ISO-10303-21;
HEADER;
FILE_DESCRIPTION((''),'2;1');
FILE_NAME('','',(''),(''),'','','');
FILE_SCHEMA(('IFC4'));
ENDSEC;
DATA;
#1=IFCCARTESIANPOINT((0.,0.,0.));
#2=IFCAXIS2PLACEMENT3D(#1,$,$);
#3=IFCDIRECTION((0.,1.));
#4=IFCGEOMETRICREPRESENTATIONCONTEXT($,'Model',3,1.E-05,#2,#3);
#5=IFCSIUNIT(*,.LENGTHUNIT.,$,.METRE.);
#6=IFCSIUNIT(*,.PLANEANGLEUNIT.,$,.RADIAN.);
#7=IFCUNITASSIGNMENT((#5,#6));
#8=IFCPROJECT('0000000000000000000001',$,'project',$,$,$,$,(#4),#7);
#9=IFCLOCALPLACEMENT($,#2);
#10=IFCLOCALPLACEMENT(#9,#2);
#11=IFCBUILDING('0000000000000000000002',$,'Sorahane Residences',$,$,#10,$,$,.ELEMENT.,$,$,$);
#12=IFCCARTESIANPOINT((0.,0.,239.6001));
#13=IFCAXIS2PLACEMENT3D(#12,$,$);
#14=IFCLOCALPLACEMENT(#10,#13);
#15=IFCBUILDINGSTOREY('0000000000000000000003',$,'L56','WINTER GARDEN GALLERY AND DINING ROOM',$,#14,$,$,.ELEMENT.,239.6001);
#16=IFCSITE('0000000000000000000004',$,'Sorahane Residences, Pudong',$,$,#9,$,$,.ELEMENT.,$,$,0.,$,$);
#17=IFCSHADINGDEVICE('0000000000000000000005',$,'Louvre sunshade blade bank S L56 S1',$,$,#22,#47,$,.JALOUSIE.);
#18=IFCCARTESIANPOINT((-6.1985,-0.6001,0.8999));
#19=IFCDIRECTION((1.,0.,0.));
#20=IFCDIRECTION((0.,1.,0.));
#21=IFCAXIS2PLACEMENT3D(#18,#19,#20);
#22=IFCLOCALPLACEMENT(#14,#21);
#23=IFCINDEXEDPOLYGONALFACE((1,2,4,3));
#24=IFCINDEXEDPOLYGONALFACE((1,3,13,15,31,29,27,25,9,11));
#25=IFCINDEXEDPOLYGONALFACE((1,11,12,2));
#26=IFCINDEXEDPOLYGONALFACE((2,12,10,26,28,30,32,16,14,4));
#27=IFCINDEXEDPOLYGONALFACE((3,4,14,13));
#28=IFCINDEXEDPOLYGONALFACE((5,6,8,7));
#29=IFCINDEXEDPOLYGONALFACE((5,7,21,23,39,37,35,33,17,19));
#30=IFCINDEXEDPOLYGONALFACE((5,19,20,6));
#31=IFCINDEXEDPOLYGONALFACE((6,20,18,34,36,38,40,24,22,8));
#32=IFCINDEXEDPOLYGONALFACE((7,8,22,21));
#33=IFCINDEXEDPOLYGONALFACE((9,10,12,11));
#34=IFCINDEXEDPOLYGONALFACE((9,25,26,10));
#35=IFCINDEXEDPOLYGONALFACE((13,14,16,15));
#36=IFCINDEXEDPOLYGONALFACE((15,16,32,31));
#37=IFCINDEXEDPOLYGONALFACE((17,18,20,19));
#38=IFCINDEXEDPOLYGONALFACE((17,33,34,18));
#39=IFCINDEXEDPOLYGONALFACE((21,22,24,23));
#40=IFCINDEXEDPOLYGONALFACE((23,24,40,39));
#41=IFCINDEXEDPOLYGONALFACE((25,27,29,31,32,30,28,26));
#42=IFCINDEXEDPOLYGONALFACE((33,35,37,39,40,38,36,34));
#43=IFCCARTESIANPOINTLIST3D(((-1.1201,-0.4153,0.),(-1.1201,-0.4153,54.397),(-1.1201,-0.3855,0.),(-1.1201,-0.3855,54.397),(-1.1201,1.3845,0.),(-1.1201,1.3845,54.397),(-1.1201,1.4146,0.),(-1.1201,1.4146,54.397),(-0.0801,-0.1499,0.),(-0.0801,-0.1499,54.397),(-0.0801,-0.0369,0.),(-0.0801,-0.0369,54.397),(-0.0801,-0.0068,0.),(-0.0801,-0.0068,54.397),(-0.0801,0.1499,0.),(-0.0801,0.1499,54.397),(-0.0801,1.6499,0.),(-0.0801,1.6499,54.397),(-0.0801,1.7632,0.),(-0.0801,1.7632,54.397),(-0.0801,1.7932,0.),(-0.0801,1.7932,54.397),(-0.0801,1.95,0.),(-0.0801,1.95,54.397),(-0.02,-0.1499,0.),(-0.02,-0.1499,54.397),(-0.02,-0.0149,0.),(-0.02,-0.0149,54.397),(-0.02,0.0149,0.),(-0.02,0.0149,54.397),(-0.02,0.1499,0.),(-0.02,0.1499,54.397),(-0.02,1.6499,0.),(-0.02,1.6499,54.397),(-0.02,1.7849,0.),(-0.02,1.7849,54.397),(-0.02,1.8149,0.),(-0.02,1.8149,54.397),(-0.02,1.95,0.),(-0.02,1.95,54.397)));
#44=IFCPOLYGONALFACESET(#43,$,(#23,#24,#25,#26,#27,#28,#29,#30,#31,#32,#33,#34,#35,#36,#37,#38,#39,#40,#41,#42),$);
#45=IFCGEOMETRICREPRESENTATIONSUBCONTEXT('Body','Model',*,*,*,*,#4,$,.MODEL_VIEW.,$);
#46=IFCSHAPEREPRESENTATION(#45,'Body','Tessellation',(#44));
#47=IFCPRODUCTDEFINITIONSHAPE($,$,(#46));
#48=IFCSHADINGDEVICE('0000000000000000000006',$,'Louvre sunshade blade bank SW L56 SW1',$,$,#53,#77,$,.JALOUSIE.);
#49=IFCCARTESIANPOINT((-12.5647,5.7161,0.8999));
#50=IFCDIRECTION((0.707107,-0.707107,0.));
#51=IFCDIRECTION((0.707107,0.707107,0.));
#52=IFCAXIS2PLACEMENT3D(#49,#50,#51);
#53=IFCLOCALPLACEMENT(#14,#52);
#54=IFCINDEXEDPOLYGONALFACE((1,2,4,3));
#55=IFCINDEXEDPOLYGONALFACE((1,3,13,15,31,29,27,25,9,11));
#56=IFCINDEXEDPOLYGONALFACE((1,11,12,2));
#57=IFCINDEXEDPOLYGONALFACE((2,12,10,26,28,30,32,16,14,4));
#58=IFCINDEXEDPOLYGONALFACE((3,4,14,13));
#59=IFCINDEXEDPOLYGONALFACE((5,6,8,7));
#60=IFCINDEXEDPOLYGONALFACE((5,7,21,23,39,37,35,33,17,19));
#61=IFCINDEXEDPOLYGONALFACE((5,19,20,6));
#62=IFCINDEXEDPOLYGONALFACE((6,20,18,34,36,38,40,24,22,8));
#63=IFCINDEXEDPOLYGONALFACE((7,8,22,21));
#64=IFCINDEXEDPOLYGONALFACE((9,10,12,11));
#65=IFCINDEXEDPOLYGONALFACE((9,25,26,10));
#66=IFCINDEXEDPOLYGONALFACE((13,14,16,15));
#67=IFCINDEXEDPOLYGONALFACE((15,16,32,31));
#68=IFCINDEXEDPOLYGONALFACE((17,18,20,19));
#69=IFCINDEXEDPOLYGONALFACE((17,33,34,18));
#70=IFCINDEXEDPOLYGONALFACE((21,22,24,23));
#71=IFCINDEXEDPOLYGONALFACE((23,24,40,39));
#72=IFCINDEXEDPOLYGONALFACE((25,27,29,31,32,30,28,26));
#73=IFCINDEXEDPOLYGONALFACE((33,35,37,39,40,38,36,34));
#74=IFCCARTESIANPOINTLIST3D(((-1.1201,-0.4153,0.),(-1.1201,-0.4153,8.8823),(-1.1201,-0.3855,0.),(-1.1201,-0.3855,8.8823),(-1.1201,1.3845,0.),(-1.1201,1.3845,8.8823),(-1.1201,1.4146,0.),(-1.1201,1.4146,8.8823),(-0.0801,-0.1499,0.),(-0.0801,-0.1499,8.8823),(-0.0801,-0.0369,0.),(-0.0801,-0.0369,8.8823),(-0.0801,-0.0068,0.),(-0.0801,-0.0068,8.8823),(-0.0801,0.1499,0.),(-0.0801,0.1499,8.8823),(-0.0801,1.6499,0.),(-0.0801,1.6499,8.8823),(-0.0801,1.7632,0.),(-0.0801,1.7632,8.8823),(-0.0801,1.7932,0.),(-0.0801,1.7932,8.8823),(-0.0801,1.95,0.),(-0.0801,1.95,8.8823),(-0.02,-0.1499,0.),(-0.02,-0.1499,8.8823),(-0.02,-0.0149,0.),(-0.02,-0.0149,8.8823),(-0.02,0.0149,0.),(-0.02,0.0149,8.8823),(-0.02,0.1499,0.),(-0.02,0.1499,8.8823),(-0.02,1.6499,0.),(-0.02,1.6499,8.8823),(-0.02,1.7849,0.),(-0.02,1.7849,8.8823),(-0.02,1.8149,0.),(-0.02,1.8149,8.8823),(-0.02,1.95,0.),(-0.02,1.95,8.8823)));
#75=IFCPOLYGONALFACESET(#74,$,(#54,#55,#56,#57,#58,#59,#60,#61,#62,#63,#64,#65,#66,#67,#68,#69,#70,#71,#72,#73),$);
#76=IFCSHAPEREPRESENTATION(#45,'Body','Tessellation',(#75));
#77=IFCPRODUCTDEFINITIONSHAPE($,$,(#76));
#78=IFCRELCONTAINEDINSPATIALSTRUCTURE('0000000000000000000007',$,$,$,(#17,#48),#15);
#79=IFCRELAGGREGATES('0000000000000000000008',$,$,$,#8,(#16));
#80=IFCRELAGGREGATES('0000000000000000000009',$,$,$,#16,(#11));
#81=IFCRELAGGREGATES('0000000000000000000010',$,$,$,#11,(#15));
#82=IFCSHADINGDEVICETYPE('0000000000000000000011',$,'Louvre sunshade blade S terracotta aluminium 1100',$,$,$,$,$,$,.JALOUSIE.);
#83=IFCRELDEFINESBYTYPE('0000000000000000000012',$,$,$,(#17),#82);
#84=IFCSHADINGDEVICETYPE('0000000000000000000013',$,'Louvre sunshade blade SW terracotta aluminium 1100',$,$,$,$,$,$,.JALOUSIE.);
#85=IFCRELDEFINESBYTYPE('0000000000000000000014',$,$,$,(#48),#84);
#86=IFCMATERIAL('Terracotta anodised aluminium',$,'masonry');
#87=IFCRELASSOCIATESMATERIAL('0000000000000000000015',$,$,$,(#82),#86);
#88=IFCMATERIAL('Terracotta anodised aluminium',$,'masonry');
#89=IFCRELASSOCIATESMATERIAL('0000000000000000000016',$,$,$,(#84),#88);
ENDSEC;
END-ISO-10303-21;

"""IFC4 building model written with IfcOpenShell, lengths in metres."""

from ifc_helpers import new_model, si_unit, direction, frame, origin, place, context, subcontext, project, spatial, polyline, outline, composite_profile, extrude, material, type_object, element, save


model = new_model("IFC4")

# Units and contexts
model_context = context("Model", 3, precision=1e-05, world=origin(), true_north=direction((0.0, 1.0)))
body_context = subcontext(model_context, "Body", "Model", "MODEL_VIEW")
ifc_project = project(units=[si_unit("LENGTHUNIT", "METRE"), si_unit("PLANEANGLEUNIT", "RADIAN")], contexts=[model_context])

# Site, building, storey
site_placement = place(None, origin())
site = spatial("IfcSite", under=ifc_project, at=site_placement, Name="Sorahane Residences, Pudong", CompositionType="ELEMENT", RefElevation=0.0)
building_placement = place(site_placement, origin())
building = spatial("IfcBuilding", under=site, at=building_placement, Name="Sorahane Residences", CompositionType="ELEMENT")
storey_placement = place(building_placement, frame((0.0, 0.0, 239.6001)))
storey = spatial("IfcBuildingStorey", under=building, at=storey_placement, Name="L56", Description="WINTER GARDEN GALLERY AND DINING ROOM", CompositionType="ELEMENT", Elevation=239.6001)

# Shading devices
ifc_material_1 = material(Name="Terracotta anodised aluminium", Category="masonry")
shading_device_type_1 = type_object("IfcShadingDeviceType", Name="Louvre sunshade blade S terracotta aluminium 1100", PredefinedType="JALOUSIE", material=ifc_material_1)
shading_device_1_placement = place(storey_placement, frame((-6.1985, -0.6001, 0.8999), z_axis=(1.0, 0.0, 0.0), x_axis=(0.0, 1.0, 0.0)))
element("IfcShadingDevice", 1, at=shading_device_1_placement, inside=storey, type_object=shading_device_type_1, Name="Louvre sunshade blade bank S L56 S1", PredefinedType="JALOUSIE", context=body_context, shape_type="SweptSolid", body=[
    extrude(composite_profile([outline(polyline([(-1.1201, -0.3855), (-1.1201, -0.4153), (-0.0801, -0.0369), (-0.0801, -0.1499), (-0.02, -0.1499), (-0.02, -0.0149), (-0.02, 0.0149), (-0.02, 0.1499), (-0.0801, 0.1499), (-0.0801, -0.0068), (-1.1201, -0.3855)])), outline(polyline([(-1.1201, 1.4146), (-1.1201, 1.3845), (-0.0801, 1.7632), (-0.0801, 1.6499), (-0.02, 1.6499), (-0.02, 1.7849), (-0.02, 1.8149), (-0.02, 1.95), (-0.0801, 1.95), (-0.0801, 1.7932), (-1.1201, 1.4146)]))]), origin(), (0.0, 0.0, 1.0), 54.397),
])
ifc_material_2 = material(Name="Terracotta anodised aluminium", Category="masonry")
shading_device_type_2 = type_object("IfcShadingDeviceType", Name="Louvre sunshade blade SW terracotta aluminium 1100", PredefinedType="JALOUSIE", material=ifc_material_2)
shading_device_2_placement = place(storey_placement, frame((-12.5647, 5.7161, 0.8999), z_axis=(0.707107, -0.707107, 0.0), x_axis=(0.707107, 0.707107, 0.0)))
element("IfcShadingDevice", 2, at=shading_device_2_placement, inside=storey, type_object=shading_device_type_2, Name="Louvre sunshade blade bank SW L56 SW1", PredefinedType="JALOUSIE", context=body_context, shape_type="SweptSolid", body=[
    extrude(composite_profile([outline(polyline([(-1.1201, -0.3855), (-1.1201, -0.4153), (-0.0801, -0.0369), (-0.0801, -0.1499), (-0.02, -0.1499), (-0.02, -0.0149), (-0.02, 0.0149), (-0.02, 0.1499), (-0.0801, 0.1499), (-0.0801, -0.0068), (-1.1201, -0.3855)])), outline(polyline([(-1.1201, 1.4146), (-1.1201, 1.3845), (-0.0801, 1.7632), (-0.0801, 1.6499), (-0.02, 1.6499), (-0.02, 1.7849), (-0.02, 1.8149), (-0.02, 1.95), (-0.0801, 1.95), (-0.0801, 1.7932), (-1.1201, 1.4146)]))]), origin(), (0.0, 0.0, 1.0), 8.8823),
])

save(model, "model.ifc")
